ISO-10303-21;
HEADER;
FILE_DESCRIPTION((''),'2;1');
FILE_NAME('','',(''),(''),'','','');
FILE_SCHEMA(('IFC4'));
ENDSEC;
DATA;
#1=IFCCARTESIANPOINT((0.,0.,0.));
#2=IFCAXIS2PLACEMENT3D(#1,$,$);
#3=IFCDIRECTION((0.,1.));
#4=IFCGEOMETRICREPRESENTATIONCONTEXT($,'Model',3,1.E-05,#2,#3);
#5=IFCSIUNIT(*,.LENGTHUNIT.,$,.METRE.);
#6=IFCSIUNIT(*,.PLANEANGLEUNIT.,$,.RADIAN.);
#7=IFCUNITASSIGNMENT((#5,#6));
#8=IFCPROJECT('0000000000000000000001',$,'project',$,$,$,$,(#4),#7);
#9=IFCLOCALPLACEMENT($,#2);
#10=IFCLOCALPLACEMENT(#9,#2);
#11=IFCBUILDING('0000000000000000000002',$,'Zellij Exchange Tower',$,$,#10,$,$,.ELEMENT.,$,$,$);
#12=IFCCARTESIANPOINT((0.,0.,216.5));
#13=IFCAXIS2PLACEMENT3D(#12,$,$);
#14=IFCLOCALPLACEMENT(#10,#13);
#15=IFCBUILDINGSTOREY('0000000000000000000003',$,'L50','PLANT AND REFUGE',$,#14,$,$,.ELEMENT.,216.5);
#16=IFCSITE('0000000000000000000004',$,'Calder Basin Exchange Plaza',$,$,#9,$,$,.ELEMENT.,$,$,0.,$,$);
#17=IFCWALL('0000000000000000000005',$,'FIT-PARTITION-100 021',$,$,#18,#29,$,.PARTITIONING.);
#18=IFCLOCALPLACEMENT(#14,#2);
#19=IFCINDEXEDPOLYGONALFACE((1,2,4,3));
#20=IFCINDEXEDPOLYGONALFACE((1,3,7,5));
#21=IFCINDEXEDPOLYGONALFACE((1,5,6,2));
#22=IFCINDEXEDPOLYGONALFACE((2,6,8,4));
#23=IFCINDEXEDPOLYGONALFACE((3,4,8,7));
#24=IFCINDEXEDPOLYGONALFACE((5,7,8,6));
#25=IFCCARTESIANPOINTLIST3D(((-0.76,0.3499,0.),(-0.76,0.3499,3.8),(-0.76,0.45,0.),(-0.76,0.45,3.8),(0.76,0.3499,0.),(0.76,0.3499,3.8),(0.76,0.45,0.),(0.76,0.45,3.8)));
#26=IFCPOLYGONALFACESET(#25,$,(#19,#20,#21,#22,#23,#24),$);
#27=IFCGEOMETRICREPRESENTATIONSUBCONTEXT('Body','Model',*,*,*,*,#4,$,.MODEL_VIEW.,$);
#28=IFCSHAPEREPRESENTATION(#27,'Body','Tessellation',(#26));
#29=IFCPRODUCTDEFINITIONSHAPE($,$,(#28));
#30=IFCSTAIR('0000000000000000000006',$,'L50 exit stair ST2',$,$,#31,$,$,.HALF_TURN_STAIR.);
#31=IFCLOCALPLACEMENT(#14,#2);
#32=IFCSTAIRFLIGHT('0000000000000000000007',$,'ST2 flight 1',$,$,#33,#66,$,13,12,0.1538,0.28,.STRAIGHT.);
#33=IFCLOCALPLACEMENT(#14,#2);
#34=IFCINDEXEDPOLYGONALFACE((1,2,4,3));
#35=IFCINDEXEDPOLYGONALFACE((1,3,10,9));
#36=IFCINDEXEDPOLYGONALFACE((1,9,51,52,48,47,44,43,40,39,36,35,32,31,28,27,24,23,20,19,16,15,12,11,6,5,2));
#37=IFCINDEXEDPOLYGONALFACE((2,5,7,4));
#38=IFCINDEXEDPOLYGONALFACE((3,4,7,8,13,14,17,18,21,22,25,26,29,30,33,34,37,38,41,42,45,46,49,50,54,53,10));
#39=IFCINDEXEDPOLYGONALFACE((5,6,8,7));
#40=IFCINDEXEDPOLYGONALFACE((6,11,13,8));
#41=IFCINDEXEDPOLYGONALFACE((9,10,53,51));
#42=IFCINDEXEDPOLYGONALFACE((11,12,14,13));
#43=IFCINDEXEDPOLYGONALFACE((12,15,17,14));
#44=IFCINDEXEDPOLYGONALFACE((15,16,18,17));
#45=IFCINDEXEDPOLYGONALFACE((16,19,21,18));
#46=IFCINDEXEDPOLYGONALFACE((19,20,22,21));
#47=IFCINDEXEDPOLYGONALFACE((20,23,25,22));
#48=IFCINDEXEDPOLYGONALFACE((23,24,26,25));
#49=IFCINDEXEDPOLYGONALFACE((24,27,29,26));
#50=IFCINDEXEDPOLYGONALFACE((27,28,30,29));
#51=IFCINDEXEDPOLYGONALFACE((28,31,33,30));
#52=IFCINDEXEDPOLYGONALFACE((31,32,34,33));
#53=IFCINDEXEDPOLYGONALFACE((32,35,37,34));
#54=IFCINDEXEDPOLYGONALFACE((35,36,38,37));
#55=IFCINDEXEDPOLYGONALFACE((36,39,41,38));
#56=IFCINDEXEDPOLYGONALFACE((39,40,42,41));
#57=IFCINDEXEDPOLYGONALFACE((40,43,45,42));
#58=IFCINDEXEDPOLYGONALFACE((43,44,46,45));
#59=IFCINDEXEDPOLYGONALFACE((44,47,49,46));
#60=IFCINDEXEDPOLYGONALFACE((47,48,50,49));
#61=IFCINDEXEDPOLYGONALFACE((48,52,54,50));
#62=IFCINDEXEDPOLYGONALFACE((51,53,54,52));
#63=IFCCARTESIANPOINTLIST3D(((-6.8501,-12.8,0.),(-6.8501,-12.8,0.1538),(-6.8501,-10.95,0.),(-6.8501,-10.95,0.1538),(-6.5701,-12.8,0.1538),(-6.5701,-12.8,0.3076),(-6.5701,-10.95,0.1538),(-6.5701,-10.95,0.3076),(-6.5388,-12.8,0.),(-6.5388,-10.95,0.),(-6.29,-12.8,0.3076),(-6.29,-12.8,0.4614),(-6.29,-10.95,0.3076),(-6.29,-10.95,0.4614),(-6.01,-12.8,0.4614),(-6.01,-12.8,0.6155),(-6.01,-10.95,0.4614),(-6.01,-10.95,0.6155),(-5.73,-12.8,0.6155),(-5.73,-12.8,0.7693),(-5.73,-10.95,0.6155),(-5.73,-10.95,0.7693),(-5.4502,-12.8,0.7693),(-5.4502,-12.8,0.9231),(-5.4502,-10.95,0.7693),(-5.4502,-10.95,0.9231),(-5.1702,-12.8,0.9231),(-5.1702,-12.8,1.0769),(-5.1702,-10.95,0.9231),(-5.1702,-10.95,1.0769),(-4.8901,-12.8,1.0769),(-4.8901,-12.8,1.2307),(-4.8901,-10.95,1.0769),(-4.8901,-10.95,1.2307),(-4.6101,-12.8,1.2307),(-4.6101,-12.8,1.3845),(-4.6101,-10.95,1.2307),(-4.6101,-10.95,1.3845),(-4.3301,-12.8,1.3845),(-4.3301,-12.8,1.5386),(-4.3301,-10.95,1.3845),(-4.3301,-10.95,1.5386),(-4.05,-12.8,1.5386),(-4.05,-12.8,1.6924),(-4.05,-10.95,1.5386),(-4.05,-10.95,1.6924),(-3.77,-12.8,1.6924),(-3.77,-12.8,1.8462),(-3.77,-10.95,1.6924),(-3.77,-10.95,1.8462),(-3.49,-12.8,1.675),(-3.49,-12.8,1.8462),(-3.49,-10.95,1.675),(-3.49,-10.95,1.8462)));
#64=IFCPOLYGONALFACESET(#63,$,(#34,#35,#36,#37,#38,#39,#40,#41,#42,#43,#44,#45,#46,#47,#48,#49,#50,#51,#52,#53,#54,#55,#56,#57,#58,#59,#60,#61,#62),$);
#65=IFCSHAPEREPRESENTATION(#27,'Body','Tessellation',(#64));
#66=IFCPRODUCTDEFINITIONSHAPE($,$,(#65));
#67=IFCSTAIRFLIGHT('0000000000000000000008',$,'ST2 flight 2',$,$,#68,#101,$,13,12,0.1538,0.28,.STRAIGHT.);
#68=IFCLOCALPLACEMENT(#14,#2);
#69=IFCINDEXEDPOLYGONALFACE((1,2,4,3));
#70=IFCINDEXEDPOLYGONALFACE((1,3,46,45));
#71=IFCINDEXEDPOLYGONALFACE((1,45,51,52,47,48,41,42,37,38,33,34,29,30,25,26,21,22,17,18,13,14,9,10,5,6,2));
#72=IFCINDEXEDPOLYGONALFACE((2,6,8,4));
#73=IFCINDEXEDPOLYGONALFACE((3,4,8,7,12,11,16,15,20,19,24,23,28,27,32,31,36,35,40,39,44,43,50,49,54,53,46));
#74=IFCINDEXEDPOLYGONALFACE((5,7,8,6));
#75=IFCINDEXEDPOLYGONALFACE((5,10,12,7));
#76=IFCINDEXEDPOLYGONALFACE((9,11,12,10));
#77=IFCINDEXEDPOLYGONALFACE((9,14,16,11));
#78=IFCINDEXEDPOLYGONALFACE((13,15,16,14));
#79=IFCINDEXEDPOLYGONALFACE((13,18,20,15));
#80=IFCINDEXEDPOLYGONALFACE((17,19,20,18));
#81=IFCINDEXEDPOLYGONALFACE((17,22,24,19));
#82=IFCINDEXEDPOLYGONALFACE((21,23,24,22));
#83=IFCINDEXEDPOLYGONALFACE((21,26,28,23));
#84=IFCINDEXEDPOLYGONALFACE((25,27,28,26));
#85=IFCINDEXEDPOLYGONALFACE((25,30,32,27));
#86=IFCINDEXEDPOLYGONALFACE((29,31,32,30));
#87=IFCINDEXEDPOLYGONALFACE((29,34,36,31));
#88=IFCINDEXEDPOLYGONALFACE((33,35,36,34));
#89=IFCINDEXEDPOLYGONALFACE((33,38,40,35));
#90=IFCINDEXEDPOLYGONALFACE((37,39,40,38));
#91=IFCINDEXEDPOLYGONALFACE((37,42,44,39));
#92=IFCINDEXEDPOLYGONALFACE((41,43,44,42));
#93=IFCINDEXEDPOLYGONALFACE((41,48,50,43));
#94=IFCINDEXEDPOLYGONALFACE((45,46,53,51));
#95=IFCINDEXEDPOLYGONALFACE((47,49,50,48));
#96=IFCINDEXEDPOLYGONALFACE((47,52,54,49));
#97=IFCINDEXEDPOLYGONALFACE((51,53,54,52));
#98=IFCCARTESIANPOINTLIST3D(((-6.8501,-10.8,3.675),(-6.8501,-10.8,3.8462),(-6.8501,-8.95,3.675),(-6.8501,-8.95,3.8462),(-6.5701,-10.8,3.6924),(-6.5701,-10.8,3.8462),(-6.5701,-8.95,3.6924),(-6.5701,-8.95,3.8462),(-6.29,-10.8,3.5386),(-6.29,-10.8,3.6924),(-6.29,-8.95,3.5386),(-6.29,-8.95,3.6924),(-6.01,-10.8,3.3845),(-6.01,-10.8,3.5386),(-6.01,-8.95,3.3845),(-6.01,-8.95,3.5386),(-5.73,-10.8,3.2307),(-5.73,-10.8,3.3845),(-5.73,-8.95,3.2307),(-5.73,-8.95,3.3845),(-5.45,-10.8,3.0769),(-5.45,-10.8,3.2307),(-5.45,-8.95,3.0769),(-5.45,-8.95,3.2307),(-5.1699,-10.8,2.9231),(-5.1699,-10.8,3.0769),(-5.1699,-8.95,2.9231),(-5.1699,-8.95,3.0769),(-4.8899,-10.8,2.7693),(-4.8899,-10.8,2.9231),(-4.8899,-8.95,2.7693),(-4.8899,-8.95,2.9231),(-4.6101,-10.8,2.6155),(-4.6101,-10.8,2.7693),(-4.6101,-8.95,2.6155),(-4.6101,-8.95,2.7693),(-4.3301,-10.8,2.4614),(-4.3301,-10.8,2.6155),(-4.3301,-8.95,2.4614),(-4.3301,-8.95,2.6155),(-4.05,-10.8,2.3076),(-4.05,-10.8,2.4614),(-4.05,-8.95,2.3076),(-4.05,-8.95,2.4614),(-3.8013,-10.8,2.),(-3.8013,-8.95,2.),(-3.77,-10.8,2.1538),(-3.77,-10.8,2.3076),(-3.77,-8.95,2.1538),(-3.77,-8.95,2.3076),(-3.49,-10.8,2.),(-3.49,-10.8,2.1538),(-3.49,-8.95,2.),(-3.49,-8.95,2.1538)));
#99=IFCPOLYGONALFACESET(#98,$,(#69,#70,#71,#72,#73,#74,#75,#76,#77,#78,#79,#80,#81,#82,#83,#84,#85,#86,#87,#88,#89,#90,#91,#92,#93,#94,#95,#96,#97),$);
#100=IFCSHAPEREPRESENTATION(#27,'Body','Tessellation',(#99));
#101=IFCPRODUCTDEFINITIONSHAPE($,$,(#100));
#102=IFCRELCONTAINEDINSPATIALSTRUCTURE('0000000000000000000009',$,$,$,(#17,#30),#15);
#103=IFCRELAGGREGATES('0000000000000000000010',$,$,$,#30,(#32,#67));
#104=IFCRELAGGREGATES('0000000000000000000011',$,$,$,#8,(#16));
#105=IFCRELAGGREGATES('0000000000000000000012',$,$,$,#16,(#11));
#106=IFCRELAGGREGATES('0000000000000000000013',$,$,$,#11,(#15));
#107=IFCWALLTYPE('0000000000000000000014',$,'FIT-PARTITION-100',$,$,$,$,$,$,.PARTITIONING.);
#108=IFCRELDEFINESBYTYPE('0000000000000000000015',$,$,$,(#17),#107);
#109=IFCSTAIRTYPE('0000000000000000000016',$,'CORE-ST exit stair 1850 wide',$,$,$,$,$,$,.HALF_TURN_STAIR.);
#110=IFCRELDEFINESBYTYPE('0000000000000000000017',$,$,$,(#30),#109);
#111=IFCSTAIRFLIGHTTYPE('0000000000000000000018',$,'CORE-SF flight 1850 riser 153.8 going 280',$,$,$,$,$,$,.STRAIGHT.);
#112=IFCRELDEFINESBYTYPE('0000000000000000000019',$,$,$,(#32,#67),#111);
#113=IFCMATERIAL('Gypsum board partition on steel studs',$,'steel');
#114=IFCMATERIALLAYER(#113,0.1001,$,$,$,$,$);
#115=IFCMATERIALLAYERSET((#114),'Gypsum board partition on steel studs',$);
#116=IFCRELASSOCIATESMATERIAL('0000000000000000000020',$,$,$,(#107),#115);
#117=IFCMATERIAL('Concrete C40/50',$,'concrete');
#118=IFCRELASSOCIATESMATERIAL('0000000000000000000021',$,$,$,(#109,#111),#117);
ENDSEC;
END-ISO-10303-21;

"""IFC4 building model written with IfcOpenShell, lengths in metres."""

from ifc_helpers import new_model, si_unit, direction, frame, frame_2d, origin, place, context, subcontext, project, spatial, polyline, rectangle, outline, extrude, material, layer, layer_set, type_object, element, aggregate, save


model = new_model("IFC4")

# Units and contexts
model_context = context("Model", 3, precision=1e-05, world=origin(), true_north=direction((0.0, 1.0)))
body_context = subcontext(model_context, "Body", "Model", "MODEL_VIEW")
ifc_project = project(units=[si_unit("LENGTHUNIT", "METRE"), si_unit("PLANEANGLEUNIT", "RADIAN")], contexts=[model_context])

# Site, building, storey
site_placement = place(None, origin())
site = spatial("IfcSite", under=ifc_project, at=site_placement, Name="Calder Basin Exchange Plaza", CompositionType="ELEMENT", RefElevation=0.0)
building_placement = place(site_placement, origin())
building = spatial("IfcBuilding", under=site, at=building_placement, Name="Zellij Exchange Tower", CompositionType="ELEMENT")
storey_placement = place(building_placement, frame((0.0, 0.0, 216.5)))
storey = spatial("IfcBuildingStorey", under=building, at=storey_placement, Name="L50", Description="PLANT AND REFUGE", CompositionType="ELEMENT", Elevation=216.5)

# Shared definitions
ifc_material_1 = material(Name="Concrete C40/50", Category="concrete")

# Wall
ifc_material_2 = material(Name="Gypsum board partition on steel studs", Category="steel")
ifc_layer_1 = layer(ifc_material_2, 0.1001)
ifc_layer_set_1 = layer_set([ifc_layer_1], Name="Gypsum board partition on steel studs")
wall_type_1 = type_object("IfcWallType", Name="FIT-PARTITION-100", PredefinedType="PARTITIONING", material=ifc_layer_set_1)
wall_1_placement = place(storey_placement, frame((-0.76, 0.3999, 0.0), z_axis=(0.0, 0.0, 1.0), x_axis=(1.0, 0.0, 0.0)))
element("IfcWall", 1, at=wall_1_placement, inside=storey, type_object=wall_type_1, Name="FIT-PARTITION-100 021", PredefinedType="PARTITIONING", context=body_context, shape_type="SweptSolid", body=[
    extrude(rectangle(XDim=1.52, YDim=0.1001, at=frame_2d((0.76, 0.0))), origin(), (0.0, 0.0, 1.0), 3.8),
])

# Stair, stair flights
stair_type = type_object("IfcStairType", Name="CORE-ST exit stair 1850 wide", PredefinedType="HALF_TURN_STAIR", material=ifc_material_1)
stair_placement = place(storey_placement, origin())
stair = element("IfcStair", 2, at=stair_placement, inside=storey, type_object=stair_type, Name="L50 exit stair ST2", PredefinedType="HALF_TURN_STAIR")
stair_flight_type = type_object("IfcStairFlightType", Name="CORE-SF flight 1850 riser 153.8 going 280", PredefinedType="STRAIGHT", material=ifc_material_1)
stair_flight_1_placement = place(storey_placement, frame((-6.8501, -11.875, 0.0), z_axis=(0.0, 0.0, 1.0), x_axis=(1.0, 0.0, 0.0)))
stair_flight_1 = element("IfcStairFlight", 3, at=stair_flight_1_placement, type_object=stair_flight_type, Name="ST2 flight 1", NumberOfRisers=13, NumberOfTreads=12, PredefinedType="STRAIGHT", RiserHeight=0.1538, TreadLength=0.28, context=body_context, shape_type="SweptSolid", body=[
    extrude(outline(polyline([(0.0, 0.0), (0.0, 0.1538), (0.28, 0.1538), (0.28, 0.3076), (0.5601, 0.3076), (0.5601, 0.4614), (0.8401, 0.4614), (0.8401, 0.6155), (1.1201, 0.6155), (1.1201, 0.7693), (1.3999, 0.7693), (1.3999, 0.9231), (1.6799, 0.9231), (1.6799, 1.0769), (1.96, 1.0769), (1.96, 1.2307), (2.24, 1.2307), (2.24, 1.3845), (2.52, 1.3845), (2.52, 1.5386), (2.8, 1.5386), (2.8, 1.6924), (3.0801, 1.6924), (3.0801, 1.8462), (3.3601, 1.8462), (3.3601, 2.0), (3.3601, 1.675), (0.3113, 0.0), (0.0, 0.0)])), frame((0.0, 0.925, 0.0), z_axis=(0.0, -1.0, 0.0), x_axis=(1.0, 0.0, 0.0)), (0.0, 0.0, 1.0), 1.8501),
])
stair_flight_2_placement = place(storey_placement, frame((-3.49, -9.875, 2.0), z_axis=(0.0, 0.0, 1.0), x_axis=(-1.0, 0.0, 0.0)))
stair_flight_2 = element("IfcStairFlight", 4, at=stair_flight_2_placement, type_object=stair_flight_type, Name="ST2 flight 2", NumberOfRisers=13, NumberOfTreads=12, PredefinedType="STRAIGHT", RiserHeight=0.1538, TreadLength=0.28, context=body_context, shape_type="SweptSolid", body=[
    extrude(outline(polyline([(0.0, 0.0), (0.0, 0.1538), (0.28, 0.1538), (0.28, 0.3076), (0.5601, 0.3076), (0.5601, 0.4614), (0.8401, 0.4614), (0.8401, 0.6155), (1.1201, 0.6155), (1.1201, 0.7693), (1.3999, 0.7693), (1.3999, 0.9231), (1.6799, 0.9231), (1.6799, 1.0769), (1.96, 1.0769), (1.96, 1.2307), (2.24, 1.2307), (2.24, 1.3845), (2.52, 1.3845), (2.52, 1.5386), (2.8, 1.5386), (2.8, 1.6924), (3.0801, 1.6924), (3.0801, 1.8462), (3.3601, 1.8462), (3.3601, 2.0), (3.3601, 1.675), (0.3113, 0.0), (0.0, 0.0)])), frame((0.0, 0.925, 0.0), z_axis=(0.0, -1.0, 0.0), x_axis=(1.0, 0.0, 0.0)), (0.0, 0.0, 1.0), 1.8501),
])
aggregate(stair, [stair_flight_1, stair_flight_2])

save(model, "model.ifc")
